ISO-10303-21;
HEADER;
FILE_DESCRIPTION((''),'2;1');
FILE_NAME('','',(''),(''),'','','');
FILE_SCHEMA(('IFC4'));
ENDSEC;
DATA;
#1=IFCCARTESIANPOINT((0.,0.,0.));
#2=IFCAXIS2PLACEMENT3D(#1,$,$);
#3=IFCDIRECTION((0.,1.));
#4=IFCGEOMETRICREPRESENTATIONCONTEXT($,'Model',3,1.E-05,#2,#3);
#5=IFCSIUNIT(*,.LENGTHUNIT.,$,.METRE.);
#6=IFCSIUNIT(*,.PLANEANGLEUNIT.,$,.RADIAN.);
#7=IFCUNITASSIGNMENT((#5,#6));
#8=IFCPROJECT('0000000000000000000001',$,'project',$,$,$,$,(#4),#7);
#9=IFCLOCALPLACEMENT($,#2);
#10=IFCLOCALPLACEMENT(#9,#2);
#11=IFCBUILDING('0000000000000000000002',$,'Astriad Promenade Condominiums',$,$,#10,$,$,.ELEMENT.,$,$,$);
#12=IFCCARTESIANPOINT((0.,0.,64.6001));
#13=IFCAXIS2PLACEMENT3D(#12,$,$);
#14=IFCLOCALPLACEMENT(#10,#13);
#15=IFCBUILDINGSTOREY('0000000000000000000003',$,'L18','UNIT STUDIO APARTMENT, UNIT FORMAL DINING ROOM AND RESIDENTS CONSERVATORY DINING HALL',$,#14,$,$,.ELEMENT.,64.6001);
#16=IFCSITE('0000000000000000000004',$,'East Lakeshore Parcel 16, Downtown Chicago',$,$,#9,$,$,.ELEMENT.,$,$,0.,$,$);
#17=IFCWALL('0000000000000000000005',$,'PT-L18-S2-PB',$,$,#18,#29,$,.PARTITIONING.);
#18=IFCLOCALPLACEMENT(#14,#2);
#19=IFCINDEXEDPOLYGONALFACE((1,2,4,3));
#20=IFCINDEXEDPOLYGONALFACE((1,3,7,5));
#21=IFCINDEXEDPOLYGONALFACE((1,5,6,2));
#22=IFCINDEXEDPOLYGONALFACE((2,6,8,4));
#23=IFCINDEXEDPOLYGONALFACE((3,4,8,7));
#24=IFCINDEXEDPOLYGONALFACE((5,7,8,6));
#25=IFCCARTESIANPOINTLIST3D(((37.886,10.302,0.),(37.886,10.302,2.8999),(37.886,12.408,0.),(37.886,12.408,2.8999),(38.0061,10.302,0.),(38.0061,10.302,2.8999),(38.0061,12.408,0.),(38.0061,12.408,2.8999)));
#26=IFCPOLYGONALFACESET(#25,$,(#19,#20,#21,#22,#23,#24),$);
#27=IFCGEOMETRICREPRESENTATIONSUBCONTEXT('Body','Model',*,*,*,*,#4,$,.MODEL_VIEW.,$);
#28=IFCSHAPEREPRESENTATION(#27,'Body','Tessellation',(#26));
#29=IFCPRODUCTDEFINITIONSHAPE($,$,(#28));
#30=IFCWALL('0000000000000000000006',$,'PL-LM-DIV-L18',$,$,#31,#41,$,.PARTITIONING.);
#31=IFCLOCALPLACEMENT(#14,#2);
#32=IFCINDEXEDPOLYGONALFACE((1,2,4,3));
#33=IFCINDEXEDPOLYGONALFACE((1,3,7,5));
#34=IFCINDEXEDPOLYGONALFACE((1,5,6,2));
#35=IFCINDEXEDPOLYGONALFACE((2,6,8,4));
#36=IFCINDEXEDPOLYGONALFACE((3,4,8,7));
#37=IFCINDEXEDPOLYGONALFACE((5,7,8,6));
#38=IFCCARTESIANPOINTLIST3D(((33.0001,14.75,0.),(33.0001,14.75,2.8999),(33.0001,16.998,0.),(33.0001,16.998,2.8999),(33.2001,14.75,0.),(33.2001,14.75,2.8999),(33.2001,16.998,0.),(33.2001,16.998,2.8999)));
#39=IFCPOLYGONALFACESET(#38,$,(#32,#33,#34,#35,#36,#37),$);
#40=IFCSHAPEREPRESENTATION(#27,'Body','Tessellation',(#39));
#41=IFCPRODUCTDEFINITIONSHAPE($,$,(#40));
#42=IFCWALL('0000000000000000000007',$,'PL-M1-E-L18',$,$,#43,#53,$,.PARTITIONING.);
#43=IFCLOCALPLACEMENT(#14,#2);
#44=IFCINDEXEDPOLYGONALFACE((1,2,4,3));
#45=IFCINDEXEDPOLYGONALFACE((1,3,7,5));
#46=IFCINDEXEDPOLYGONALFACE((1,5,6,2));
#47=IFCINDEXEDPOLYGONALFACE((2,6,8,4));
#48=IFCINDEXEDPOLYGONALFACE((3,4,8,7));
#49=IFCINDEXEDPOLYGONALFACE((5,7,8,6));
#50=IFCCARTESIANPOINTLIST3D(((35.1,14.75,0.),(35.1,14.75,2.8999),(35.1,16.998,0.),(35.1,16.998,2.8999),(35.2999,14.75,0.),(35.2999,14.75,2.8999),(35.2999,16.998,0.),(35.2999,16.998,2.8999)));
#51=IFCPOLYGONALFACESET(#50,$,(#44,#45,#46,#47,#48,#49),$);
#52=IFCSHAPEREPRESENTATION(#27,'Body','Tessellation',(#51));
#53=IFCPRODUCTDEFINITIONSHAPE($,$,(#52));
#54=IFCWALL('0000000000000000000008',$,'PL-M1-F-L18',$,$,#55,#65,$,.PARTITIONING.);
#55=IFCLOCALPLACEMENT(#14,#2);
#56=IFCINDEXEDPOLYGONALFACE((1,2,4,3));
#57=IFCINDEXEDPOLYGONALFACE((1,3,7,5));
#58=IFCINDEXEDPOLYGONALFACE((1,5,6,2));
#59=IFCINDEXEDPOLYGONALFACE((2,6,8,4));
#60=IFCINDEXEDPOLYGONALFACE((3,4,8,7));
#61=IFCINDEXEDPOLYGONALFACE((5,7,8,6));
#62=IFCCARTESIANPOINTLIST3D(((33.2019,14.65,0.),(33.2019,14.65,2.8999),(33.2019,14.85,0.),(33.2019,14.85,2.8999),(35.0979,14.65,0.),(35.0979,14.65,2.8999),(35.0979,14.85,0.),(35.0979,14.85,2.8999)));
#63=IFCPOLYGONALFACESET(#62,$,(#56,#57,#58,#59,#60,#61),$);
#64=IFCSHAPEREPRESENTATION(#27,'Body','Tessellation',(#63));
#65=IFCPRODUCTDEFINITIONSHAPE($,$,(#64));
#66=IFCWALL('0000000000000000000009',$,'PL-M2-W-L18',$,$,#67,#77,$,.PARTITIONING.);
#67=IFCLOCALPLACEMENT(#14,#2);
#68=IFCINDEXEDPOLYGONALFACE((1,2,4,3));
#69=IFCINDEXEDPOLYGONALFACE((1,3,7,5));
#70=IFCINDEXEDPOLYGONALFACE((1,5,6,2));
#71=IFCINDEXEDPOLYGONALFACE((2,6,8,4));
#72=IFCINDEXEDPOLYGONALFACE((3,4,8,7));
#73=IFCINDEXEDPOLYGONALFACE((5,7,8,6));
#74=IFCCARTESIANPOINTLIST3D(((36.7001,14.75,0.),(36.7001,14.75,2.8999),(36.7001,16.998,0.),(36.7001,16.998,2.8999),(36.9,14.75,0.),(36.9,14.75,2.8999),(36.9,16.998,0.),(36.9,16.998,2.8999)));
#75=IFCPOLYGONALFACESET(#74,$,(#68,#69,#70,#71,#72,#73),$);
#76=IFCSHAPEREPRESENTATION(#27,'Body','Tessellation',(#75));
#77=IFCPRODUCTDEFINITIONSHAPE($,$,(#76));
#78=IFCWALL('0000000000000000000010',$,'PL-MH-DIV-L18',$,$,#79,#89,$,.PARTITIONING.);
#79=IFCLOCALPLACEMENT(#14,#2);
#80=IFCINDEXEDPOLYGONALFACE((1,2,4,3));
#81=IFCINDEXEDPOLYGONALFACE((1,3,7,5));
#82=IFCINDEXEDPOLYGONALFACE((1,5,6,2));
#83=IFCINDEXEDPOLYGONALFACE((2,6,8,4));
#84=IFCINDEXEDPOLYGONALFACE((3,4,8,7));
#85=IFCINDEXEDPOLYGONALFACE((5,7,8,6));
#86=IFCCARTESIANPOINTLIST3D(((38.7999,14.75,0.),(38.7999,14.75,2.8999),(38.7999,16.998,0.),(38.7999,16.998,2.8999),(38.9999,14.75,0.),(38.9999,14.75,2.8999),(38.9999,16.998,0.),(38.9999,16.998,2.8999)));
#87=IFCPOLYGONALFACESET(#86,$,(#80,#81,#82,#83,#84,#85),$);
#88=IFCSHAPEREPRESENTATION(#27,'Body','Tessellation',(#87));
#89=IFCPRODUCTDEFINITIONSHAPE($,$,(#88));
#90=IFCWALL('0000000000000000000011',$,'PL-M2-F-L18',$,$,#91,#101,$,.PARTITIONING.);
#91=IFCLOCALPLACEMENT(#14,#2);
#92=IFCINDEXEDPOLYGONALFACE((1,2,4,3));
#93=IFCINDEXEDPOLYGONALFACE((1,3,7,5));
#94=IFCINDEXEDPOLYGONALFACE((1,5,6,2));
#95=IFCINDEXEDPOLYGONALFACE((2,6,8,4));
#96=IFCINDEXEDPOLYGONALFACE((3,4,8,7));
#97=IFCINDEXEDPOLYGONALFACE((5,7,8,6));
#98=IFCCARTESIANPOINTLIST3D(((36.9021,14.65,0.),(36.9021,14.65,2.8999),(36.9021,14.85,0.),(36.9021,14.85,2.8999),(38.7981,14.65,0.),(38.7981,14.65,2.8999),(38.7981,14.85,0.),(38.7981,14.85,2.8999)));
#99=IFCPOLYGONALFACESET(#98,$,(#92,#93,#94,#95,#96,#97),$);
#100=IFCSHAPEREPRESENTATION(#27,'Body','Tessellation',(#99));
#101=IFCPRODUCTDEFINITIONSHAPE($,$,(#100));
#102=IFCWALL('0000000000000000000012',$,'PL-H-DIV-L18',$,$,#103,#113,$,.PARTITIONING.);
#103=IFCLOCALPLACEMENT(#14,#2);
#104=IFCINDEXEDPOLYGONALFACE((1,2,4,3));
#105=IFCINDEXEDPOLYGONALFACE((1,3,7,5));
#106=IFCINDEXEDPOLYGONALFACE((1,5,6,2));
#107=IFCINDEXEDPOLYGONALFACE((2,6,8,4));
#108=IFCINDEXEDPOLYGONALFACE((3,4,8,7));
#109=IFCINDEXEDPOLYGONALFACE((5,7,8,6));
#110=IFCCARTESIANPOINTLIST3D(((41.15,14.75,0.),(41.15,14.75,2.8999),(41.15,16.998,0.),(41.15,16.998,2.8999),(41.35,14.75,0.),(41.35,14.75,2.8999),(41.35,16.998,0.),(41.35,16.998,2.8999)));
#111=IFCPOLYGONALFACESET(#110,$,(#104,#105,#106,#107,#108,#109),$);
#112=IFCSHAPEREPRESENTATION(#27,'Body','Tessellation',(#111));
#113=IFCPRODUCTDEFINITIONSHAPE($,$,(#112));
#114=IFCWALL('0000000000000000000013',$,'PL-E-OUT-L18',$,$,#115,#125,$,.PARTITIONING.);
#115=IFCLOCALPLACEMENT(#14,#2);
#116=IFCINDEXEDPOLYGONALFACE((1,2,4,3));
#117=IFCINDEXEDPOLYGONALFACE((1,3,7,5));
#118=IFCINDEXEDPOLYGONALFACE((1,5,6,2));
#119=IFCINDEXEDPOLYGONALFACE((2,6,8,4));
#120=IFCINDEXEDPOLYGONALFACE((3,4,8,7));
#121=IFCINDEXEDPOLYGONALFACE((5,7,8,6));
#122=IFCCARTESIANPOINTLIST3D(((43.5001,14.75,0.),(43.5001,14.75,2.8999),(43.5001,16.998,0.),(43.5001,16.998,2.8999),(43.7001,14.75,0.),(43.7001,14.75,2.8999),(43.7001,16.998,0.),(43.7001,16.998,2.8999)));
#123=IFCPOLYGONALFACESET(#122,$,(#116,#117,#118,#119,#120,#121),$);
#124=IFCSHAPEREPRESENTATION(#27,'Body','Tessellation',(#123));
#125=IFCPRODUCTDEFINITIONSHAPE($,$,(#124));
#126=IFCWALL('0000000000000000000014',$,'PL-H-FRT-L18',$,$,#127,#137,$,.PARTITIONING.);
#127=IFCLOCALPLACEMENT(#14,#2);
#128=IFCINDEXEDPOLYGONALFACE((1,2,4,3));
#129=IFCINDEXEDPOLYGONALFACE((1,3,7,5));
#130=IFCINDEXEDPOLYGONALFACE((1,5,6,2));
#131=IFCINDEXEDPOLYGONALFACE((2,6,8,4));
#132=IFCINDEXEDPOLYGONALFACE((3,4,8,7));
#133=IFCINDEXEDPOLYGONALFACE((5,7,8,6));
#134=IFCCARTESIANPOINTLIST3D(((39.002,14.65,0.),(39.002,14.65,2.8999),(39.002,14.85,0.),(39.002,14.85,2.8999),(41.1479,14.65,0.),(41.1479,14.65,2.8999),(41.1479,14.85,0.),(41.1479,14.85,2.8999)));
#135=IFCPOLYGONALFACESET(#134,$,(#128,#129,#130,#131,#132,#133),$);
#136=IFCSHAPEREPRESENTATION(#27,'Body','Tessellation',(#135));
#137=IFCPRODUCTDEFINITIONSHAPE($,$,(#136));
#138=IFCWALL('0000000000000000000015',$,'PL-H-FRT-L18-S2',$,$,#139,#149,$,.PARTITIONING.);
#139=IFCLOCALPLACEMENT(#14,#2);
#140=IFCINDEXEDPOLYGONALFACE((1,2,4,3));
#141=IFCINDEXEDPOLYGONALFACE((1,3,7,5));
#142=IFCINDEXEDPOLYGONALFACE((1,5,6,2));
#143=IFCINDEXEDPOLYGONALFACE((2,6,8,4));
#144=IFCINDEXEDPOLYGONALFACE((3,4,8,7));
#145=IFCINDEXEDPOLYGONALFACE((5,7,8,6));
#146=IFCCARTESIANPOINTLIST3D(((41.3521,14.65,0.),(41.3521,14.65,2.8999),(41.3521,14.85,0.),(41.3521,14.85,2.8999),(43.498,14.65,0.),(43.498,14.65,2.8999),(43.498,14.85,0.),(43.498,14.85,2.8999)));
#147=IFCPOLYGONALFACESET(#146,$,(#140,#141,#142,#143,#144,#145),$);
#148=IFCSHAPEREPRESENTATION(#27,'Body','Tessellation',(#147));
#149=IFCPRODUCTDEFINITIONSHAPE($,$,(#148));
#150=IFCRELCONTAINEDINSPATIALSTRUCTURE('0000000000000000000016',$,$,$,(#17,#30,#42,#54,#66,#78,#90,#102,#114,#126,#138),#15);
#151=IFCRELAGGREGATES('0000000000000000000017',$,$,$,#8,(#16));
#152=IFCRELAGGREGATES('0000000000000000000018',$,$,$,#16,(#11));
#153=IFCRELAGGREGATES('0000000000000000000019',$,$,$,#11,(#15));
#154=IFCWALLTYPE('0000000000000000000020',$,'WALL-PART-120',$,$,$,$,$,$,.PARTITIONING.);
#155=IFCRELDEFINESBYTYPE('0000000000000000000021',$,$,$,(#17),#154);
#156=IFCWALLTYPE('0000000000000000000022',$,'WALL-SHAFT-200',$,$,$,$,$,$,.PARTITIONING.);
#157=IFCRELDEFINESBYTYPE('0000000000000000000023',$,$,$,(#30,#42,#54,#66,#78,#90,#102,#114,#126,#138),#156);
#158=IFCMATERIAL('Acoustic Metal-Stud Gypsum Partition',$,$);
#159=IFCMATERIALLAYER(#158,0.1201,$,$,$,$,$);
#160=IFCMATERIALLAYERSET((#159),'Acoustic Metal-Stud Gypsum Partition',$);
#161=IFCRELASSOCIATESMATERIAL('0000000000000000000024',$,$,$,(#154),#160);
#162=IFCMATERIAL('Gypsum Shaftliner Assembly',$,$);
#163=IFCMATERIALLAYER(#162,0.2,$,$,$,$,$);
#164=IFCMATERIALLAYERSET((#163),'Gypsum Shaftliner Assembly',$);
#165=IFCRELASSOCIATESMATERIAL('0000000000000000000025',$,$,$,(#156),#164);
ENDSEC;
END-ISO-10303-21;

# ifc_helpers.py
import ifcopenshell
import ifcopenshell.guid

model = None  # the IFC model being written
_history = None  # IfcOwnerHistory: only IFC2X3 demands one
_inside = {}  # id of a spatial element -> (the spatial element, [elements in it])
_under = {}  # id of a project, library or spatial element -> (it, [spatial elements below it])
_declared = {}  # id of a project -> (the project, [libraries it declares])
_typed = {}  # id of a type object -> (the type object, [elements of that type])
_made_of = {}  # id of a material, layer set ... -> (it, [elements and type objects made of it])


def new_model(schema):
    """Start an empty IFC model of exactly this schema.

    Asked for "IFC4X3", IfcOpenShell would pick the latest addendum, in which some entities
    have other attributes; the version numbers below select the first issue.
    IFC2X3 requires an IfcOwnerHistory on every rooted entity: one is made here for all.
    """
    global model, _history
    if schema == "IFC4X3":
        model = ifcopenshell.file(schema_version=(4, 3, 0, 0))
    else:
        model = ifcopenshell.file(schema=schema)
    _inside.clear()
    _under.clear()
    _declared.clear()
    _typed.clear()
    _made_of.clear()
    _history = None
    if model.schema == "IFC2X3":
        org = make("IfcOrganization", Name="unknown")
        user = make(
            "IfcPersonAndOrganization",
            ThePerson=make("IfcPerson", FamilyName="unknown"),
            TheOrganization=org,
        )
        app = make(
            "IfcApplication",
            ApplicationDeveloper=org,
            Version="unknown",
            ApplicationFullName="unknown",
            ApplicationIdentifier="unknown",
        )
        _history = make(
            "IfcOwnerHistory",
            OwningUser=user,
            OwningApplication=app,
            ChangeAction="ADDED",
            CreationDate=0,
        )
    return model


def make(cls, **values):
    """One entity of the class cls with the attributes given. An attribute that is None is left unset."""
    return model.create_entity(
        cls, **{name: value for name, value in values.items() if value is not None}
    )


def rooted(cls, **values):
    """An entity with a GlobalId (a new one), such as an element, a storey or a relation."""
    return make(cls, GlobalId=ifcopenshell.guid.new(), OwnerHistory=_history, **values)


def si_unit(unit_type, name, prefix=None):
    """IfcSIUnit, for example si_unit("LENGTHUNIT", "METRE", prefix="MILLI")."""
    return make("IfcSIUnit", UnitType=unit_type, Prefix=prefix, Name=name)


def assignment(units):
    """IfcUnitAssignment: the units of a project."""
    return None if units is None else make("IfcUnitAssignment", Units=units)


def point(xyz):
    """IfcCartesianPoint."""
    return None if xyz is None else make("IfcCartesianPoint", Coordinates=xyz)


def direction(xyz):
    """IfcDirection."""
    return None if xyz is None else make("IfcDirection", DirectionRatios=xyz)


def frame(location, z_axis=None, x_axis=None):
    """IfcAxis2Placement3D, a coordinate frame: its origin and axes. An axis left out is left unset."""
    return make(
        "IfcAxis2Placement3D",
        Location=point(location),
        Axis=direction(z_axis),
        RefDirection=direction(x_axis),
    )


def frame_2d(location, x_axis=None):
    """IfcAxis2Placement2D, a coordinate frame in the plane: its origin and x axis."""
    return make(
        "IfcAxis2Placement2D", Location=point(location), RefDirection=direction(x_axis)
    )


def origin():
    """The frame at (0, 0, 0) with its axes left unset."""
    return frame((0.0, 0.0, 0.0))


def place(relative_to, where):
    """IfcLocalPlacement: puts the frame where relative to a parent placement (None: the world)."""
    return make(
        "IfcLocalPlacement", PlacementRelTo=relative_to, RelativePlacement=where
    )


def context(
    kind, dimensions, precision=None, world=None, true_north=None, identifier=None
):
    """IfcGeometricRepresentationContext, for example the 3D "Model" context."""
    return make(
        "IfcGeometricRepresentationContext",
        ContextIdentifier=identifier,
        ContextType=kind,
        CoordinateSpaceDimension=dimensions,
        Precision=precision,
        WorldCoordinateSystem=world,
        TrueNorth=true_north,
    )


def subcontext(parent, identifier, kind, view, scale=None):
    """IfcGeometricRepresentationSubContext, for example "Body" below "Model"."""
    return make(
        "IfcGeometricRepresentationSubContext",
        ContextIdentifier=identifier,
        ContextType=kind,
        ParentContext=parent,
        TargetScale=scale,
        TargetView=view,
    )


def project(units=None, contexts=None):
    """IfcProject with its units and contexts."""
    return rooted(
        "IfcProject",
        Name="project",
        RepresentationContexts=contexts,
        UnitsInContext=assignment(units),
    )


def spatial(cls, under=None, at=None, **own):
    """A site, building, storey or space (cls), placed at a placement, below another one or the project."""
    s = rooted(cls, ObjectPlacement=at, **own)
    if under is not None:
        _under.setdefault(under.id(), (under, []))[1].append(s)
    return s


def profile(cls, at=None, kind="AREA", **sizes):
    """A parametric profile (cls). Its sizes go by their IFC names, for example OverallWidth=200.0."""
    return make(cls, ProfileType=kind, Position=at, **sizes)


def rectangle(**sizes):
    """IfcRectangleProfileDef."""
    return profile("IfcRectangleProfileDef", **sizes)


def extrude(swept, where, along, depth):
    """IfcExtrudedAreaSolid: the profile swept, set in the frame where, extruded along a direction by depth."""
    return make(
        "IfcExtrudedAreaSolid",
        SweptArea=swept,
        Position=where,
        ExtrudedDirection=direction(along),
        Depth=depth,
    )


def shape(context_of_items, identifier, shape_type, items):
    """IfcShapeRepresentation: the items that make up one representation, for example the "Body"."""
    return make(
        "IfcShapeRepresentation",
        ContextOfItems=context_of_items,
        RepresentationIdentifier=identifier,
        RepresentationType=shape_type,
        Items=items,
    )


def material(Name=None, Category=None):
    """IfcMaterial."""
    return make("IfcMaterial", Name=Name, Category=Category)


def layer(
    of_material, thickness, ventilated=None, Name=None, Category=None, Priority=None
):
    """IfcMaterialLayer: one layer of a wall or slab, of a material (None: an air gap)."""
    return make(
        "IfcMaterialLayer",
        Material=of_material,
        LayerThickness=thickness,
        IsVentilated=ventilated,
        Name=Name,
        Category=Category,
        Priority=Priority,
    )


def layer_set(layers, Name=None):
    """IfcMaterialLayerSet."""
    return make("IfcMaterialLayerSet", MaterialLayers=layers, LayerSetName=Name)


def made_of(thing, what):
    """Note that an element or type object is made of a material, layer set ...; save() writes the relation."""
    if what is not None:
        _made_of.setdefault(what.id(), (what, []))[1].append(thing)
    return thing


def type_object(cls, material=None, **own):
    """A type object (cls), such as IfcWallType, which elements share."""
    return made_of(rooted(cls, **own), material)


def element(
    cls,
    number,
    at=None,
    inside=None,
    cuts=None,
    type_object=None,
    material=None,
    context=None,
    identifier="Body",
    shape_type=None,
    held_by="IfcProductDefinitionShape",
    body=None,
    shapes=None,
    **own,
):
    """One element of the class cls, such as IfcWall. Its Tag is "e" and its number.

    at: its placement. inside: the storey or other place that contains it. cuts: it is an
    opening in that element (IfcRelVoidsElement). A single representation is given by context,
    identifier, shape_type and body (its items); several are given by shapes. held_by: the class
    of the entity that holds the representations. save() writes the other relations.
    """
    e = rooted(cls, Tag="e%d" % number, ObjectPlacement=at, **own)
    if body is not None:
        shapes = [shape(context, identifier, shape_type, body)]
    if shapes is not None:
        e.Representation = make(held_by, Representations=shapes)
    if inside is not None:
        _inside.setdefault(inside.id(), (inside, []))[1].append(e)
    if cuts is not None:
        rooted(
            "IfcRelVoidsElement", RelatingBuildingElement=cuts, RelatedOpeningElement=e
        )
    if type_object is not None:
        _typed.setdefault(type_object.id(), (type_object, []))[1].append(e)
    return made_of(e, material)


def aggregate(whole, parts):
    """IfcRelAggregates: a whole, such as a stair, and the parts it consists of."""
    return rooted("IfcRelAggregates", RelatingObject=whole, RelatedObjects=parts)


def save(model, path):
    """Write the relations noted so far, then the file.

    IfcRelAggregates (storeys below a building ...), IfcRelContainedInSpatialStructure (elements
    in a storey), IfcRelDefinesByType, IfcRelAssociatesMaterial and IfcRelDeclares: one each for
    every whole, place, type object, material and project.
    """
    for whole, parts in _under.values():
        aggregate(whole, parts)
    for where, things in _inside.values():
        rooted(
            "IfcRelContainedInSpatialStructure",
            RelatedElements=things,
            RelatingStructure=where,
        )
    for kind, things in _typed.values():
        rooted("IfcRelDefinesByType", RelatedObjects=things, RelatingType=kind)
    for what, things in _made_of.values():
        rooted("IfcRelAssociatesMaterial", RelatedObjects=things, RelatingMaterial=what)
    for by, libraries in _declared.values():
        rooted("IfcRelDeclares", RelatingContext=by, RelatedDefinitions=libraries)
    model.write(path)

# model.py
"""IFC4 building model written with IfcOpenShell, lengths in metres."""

from ifc_helpers import new_model, si_unit, direction, frame, frame_2d, origin, place, context, subcontext, project, spatial, rectangle, extrude, material, layer, layer_set, type_object, element, save


model = new_model("IFC4")

# Units and contexts
model_context = context("Model", 3, precision=1e-05, world=origin(), true_north=direction((0.0, 1.0)))
body_context = subcontext(model_context, "Body", "Model", "MODEL_VIEW")
ifc_project = project(units=[si_unit("LENGTHUNIT", "METRE"), si_unit("PLANEANGLEUNIT", "RADIAN")], contexts=[model_context])

# Site, building, storey
site_placement = place(None, origin())
site = spatial("IfcSite", under=ifc_project, at=site_placement, Name="East Lakeshore Parcel 16, Downtown Chicago", CompositionType="ELEMENT", RefElevation=0.0)
building_placement = place(site_placement, origin())
building = spatial("IfcBuilding", under=site, at=building_placement, Name="Astriad Promenade Condominiums", CompositionType="ELEMENT")
storey_placement = place(building_placement, frame((0.0, 0.0, 64.6001)))
storey = spatial("IfcBuildingStorey", under=building, at=storey_placement, Name="L18", Description="UNIT STUDIO APARTMENT, UNIT FORMAL DINING ROOM AND RESIDENTS CONSERVATORY DINING HALL", CompositionType="ELEMENT", Elevation=64.6001)

# Shared definitions
ifc_material_1 = material(Name="Acoustic Metal-Stud Gypsum Partition")
ifc_layer_1 = layer(ifc_material_1, 0.1201)
ifc_layer_set_1 = layer_set([ifc_layer_1], Name="Acoustic Metal-Stud Gypsum Partition")
wall_type_1 = type_object("IfcWallType", Name="WALL-PART-120", PredefinedType="PARTITIONING", material=ifc_layer_set_1)

# Walls
for number, where, z_axis, x_axis, name in (
    (1, (37.946, 10.302, 0.0), (0.0, 0.0, 1.0), (0.0, 1.0, 0.0), "PT-L18-S2-PB"),
):
    element("IfcWall", number, at=place(storey_placement, frame(where, z_axis=z_axis, x_axis=x_axis)), inside=storey, type_object=wall_type_1, Name=name, PredefinedType="PARTITIONING", context=body_context, shape_type="SweptSolid", body=[
        extrude(rectangle(XDim=2.106, YDim=0.1201, at=frame_2d((1.053, 0.0))), origin(), (0.0, 0.0, 1.0), 2.8999),
    ])
ifc_material_2 = material(Name="Gypsum Shaftliner Assembly")
ifc_layer_2 = layer(ifc_material_2, 0.2)
ifc_layer_set_2 = layer_set([ifc_layer_2], Name="Gypsum Shaftliner Assembly")
wall_type_2 = type_object("IfcWallType", Name="WALL-SHAFT-200", PredefinedType="PARTITIONING", material=ifc_layer_set_2)
for number, where, z_axis, x_axis, name in (
    (2, (33.1001, 14.75, 0.0), (0.0, 0.0, 1.0), (0.0, 1.0, 0.0), "PL-LM-DIV-L18"),
    (3, (35.2, 14.75, 0.0), (0.0, 0.0, 1.0), (0.0, 1.0, 0.0), "PL-M1-E-L18"),
):
    element("IfcWall", number, at=place(storey_placement, frame(where, z_axis=z_axis, x_axis=x_axis)), inside=storey, type_object=wall_type_2, Name=name, PredefinedType="PARTITIONING", context=body_context, shape_type="SweptSolid", body=[
        extrude(rectangle(XDim=2.248, YDim=0.2, at=frame_2d((1.124, 0.0))), origin(), (0.0, 0.0, 1.0), 2.8999),
    ])
wall_1_placement = place(storey_placement, frame((33.2019, 14.75, 0.0), z_axis=(0.0, 0.0, 1.0), x_axis=(1.0, 0.0, 0.0)))
element("IfcWall", 4, at=wall_1_placement, inside=storey, type_object=wall_type_2, Name="PL-M1-F-L18", PredefinedType="PARTITIONING", context=body_context, shape_type="SweptSolid", body=[
    extrude(rectangle(XDim=1.896, YDim=0.2, at=frame_2d((0.948, 0.0))), origin(), (0.0, 0.0, 1.0), 2.8999),
])
for number, where, z_axis, x_axis, name in (
    (5, (36.8, 14.75, 0.0), (0.0, 0.0, 1.0), (0.0, 1.0, 0.0), "PL-M2-W-L18"),
    (6, (38.8999, 14.75, 0.0), (0.0, 0.0, 1.0), (0.0, 1.0, 0.0), "PL-MH-DIV-L18"),
):
    element("IfcWall", number, at=place(storey_placement, frame(where, z_axis=z_axis, x_axis=x_axis)), inside=storey, type_object=wall_type_2, Name=name, PredefinedType="PARTITIONING", context=body_context, shape_type="SweptSolid", body=[
        extrude(rectangle(XDim=2.248, YDim=0.2, at=frame_2d((1.124, 0.0))), origin(), (0.0, 0.0, 1.0), 2.8999),
    ])
wall_2_placement = place(storey_placement, frame((36.9021, 14.75, 0.0), z_axis=(0.0, 0.0, 1.0), x_axis=(1.0, 0.0, 0.0)))
element("IfcWall", 7, at=wall_2_placement, inside=storey, type_object=wall_type_2, Name="PL-M2-F-L18", PredefinedType="PARTITIONING", context=body_context, shape_type="SweptSolid", body=[
    extrude(rectangle(XDim=1.896, YDim=0.2, at=frame_2d((0.948, 0.0))), origin(), (0.0, 0.0, 1.0), 2.8999),
])
for number, where, z_axis, x_axis, name in (
    (8, (41.25, 14.75, 0.0), (0.0, 0.0, 1.0), (0.0, 1.0, 0.0), "PL-H-DIV-L18"),
    (9, (43.6001, 14.75, 0.0), (0.0, 0.0, 1.0), (0.0, 1.0, 0.0), "PL-E-OUT-L18"),
):
    element("IfcWall", number, at=place(storey_placement, frame(where, z_axis=z_axis, x_axis=x_axis)), inside=storey, type_object=wall_type_2, Name=name, PredefinedType="PARTITIONING", context=body_context, shape_type="SweptSolid", body=[
        extrude(rectangle(XDim=2.248, YDim=0.2, at=frame_2d((1.124, 0.0))), origin(), (0.0, 0.0, 1.0), 2.8999),
    ])
for number, where, z_axis, x_axis, name in (
    (10, (39.002, 14.75, 0.0), (0.0, 0.0, 1.0), (1.0, 0.0, 0.0), "PL-H-FRT-L18"),
    (11, (41.3521, 14.75, 0.0), (0.0, 0.0, 1.0), (1.0, 0.0, 0.0), "PL-H-FRT-L18-S2"),
):
    element("IfcWall", number, at=place(storey_placement, frame(where, z_axis=z_axis, x_axis=x_axis)), inside=storey, type_object=wall_type_2, Name=name, PredefinedType="PARTITIONING", context=body_context, shape_type="SweptSolid", body=[
        extrude(rectangle(XDim=2.146, YDim=0.2, at=frame_2d((1.073, 0.0))), origin(), (0.0, 0.0, 1.0), 2.8999),
    ])

save(model, "model.ifc")
